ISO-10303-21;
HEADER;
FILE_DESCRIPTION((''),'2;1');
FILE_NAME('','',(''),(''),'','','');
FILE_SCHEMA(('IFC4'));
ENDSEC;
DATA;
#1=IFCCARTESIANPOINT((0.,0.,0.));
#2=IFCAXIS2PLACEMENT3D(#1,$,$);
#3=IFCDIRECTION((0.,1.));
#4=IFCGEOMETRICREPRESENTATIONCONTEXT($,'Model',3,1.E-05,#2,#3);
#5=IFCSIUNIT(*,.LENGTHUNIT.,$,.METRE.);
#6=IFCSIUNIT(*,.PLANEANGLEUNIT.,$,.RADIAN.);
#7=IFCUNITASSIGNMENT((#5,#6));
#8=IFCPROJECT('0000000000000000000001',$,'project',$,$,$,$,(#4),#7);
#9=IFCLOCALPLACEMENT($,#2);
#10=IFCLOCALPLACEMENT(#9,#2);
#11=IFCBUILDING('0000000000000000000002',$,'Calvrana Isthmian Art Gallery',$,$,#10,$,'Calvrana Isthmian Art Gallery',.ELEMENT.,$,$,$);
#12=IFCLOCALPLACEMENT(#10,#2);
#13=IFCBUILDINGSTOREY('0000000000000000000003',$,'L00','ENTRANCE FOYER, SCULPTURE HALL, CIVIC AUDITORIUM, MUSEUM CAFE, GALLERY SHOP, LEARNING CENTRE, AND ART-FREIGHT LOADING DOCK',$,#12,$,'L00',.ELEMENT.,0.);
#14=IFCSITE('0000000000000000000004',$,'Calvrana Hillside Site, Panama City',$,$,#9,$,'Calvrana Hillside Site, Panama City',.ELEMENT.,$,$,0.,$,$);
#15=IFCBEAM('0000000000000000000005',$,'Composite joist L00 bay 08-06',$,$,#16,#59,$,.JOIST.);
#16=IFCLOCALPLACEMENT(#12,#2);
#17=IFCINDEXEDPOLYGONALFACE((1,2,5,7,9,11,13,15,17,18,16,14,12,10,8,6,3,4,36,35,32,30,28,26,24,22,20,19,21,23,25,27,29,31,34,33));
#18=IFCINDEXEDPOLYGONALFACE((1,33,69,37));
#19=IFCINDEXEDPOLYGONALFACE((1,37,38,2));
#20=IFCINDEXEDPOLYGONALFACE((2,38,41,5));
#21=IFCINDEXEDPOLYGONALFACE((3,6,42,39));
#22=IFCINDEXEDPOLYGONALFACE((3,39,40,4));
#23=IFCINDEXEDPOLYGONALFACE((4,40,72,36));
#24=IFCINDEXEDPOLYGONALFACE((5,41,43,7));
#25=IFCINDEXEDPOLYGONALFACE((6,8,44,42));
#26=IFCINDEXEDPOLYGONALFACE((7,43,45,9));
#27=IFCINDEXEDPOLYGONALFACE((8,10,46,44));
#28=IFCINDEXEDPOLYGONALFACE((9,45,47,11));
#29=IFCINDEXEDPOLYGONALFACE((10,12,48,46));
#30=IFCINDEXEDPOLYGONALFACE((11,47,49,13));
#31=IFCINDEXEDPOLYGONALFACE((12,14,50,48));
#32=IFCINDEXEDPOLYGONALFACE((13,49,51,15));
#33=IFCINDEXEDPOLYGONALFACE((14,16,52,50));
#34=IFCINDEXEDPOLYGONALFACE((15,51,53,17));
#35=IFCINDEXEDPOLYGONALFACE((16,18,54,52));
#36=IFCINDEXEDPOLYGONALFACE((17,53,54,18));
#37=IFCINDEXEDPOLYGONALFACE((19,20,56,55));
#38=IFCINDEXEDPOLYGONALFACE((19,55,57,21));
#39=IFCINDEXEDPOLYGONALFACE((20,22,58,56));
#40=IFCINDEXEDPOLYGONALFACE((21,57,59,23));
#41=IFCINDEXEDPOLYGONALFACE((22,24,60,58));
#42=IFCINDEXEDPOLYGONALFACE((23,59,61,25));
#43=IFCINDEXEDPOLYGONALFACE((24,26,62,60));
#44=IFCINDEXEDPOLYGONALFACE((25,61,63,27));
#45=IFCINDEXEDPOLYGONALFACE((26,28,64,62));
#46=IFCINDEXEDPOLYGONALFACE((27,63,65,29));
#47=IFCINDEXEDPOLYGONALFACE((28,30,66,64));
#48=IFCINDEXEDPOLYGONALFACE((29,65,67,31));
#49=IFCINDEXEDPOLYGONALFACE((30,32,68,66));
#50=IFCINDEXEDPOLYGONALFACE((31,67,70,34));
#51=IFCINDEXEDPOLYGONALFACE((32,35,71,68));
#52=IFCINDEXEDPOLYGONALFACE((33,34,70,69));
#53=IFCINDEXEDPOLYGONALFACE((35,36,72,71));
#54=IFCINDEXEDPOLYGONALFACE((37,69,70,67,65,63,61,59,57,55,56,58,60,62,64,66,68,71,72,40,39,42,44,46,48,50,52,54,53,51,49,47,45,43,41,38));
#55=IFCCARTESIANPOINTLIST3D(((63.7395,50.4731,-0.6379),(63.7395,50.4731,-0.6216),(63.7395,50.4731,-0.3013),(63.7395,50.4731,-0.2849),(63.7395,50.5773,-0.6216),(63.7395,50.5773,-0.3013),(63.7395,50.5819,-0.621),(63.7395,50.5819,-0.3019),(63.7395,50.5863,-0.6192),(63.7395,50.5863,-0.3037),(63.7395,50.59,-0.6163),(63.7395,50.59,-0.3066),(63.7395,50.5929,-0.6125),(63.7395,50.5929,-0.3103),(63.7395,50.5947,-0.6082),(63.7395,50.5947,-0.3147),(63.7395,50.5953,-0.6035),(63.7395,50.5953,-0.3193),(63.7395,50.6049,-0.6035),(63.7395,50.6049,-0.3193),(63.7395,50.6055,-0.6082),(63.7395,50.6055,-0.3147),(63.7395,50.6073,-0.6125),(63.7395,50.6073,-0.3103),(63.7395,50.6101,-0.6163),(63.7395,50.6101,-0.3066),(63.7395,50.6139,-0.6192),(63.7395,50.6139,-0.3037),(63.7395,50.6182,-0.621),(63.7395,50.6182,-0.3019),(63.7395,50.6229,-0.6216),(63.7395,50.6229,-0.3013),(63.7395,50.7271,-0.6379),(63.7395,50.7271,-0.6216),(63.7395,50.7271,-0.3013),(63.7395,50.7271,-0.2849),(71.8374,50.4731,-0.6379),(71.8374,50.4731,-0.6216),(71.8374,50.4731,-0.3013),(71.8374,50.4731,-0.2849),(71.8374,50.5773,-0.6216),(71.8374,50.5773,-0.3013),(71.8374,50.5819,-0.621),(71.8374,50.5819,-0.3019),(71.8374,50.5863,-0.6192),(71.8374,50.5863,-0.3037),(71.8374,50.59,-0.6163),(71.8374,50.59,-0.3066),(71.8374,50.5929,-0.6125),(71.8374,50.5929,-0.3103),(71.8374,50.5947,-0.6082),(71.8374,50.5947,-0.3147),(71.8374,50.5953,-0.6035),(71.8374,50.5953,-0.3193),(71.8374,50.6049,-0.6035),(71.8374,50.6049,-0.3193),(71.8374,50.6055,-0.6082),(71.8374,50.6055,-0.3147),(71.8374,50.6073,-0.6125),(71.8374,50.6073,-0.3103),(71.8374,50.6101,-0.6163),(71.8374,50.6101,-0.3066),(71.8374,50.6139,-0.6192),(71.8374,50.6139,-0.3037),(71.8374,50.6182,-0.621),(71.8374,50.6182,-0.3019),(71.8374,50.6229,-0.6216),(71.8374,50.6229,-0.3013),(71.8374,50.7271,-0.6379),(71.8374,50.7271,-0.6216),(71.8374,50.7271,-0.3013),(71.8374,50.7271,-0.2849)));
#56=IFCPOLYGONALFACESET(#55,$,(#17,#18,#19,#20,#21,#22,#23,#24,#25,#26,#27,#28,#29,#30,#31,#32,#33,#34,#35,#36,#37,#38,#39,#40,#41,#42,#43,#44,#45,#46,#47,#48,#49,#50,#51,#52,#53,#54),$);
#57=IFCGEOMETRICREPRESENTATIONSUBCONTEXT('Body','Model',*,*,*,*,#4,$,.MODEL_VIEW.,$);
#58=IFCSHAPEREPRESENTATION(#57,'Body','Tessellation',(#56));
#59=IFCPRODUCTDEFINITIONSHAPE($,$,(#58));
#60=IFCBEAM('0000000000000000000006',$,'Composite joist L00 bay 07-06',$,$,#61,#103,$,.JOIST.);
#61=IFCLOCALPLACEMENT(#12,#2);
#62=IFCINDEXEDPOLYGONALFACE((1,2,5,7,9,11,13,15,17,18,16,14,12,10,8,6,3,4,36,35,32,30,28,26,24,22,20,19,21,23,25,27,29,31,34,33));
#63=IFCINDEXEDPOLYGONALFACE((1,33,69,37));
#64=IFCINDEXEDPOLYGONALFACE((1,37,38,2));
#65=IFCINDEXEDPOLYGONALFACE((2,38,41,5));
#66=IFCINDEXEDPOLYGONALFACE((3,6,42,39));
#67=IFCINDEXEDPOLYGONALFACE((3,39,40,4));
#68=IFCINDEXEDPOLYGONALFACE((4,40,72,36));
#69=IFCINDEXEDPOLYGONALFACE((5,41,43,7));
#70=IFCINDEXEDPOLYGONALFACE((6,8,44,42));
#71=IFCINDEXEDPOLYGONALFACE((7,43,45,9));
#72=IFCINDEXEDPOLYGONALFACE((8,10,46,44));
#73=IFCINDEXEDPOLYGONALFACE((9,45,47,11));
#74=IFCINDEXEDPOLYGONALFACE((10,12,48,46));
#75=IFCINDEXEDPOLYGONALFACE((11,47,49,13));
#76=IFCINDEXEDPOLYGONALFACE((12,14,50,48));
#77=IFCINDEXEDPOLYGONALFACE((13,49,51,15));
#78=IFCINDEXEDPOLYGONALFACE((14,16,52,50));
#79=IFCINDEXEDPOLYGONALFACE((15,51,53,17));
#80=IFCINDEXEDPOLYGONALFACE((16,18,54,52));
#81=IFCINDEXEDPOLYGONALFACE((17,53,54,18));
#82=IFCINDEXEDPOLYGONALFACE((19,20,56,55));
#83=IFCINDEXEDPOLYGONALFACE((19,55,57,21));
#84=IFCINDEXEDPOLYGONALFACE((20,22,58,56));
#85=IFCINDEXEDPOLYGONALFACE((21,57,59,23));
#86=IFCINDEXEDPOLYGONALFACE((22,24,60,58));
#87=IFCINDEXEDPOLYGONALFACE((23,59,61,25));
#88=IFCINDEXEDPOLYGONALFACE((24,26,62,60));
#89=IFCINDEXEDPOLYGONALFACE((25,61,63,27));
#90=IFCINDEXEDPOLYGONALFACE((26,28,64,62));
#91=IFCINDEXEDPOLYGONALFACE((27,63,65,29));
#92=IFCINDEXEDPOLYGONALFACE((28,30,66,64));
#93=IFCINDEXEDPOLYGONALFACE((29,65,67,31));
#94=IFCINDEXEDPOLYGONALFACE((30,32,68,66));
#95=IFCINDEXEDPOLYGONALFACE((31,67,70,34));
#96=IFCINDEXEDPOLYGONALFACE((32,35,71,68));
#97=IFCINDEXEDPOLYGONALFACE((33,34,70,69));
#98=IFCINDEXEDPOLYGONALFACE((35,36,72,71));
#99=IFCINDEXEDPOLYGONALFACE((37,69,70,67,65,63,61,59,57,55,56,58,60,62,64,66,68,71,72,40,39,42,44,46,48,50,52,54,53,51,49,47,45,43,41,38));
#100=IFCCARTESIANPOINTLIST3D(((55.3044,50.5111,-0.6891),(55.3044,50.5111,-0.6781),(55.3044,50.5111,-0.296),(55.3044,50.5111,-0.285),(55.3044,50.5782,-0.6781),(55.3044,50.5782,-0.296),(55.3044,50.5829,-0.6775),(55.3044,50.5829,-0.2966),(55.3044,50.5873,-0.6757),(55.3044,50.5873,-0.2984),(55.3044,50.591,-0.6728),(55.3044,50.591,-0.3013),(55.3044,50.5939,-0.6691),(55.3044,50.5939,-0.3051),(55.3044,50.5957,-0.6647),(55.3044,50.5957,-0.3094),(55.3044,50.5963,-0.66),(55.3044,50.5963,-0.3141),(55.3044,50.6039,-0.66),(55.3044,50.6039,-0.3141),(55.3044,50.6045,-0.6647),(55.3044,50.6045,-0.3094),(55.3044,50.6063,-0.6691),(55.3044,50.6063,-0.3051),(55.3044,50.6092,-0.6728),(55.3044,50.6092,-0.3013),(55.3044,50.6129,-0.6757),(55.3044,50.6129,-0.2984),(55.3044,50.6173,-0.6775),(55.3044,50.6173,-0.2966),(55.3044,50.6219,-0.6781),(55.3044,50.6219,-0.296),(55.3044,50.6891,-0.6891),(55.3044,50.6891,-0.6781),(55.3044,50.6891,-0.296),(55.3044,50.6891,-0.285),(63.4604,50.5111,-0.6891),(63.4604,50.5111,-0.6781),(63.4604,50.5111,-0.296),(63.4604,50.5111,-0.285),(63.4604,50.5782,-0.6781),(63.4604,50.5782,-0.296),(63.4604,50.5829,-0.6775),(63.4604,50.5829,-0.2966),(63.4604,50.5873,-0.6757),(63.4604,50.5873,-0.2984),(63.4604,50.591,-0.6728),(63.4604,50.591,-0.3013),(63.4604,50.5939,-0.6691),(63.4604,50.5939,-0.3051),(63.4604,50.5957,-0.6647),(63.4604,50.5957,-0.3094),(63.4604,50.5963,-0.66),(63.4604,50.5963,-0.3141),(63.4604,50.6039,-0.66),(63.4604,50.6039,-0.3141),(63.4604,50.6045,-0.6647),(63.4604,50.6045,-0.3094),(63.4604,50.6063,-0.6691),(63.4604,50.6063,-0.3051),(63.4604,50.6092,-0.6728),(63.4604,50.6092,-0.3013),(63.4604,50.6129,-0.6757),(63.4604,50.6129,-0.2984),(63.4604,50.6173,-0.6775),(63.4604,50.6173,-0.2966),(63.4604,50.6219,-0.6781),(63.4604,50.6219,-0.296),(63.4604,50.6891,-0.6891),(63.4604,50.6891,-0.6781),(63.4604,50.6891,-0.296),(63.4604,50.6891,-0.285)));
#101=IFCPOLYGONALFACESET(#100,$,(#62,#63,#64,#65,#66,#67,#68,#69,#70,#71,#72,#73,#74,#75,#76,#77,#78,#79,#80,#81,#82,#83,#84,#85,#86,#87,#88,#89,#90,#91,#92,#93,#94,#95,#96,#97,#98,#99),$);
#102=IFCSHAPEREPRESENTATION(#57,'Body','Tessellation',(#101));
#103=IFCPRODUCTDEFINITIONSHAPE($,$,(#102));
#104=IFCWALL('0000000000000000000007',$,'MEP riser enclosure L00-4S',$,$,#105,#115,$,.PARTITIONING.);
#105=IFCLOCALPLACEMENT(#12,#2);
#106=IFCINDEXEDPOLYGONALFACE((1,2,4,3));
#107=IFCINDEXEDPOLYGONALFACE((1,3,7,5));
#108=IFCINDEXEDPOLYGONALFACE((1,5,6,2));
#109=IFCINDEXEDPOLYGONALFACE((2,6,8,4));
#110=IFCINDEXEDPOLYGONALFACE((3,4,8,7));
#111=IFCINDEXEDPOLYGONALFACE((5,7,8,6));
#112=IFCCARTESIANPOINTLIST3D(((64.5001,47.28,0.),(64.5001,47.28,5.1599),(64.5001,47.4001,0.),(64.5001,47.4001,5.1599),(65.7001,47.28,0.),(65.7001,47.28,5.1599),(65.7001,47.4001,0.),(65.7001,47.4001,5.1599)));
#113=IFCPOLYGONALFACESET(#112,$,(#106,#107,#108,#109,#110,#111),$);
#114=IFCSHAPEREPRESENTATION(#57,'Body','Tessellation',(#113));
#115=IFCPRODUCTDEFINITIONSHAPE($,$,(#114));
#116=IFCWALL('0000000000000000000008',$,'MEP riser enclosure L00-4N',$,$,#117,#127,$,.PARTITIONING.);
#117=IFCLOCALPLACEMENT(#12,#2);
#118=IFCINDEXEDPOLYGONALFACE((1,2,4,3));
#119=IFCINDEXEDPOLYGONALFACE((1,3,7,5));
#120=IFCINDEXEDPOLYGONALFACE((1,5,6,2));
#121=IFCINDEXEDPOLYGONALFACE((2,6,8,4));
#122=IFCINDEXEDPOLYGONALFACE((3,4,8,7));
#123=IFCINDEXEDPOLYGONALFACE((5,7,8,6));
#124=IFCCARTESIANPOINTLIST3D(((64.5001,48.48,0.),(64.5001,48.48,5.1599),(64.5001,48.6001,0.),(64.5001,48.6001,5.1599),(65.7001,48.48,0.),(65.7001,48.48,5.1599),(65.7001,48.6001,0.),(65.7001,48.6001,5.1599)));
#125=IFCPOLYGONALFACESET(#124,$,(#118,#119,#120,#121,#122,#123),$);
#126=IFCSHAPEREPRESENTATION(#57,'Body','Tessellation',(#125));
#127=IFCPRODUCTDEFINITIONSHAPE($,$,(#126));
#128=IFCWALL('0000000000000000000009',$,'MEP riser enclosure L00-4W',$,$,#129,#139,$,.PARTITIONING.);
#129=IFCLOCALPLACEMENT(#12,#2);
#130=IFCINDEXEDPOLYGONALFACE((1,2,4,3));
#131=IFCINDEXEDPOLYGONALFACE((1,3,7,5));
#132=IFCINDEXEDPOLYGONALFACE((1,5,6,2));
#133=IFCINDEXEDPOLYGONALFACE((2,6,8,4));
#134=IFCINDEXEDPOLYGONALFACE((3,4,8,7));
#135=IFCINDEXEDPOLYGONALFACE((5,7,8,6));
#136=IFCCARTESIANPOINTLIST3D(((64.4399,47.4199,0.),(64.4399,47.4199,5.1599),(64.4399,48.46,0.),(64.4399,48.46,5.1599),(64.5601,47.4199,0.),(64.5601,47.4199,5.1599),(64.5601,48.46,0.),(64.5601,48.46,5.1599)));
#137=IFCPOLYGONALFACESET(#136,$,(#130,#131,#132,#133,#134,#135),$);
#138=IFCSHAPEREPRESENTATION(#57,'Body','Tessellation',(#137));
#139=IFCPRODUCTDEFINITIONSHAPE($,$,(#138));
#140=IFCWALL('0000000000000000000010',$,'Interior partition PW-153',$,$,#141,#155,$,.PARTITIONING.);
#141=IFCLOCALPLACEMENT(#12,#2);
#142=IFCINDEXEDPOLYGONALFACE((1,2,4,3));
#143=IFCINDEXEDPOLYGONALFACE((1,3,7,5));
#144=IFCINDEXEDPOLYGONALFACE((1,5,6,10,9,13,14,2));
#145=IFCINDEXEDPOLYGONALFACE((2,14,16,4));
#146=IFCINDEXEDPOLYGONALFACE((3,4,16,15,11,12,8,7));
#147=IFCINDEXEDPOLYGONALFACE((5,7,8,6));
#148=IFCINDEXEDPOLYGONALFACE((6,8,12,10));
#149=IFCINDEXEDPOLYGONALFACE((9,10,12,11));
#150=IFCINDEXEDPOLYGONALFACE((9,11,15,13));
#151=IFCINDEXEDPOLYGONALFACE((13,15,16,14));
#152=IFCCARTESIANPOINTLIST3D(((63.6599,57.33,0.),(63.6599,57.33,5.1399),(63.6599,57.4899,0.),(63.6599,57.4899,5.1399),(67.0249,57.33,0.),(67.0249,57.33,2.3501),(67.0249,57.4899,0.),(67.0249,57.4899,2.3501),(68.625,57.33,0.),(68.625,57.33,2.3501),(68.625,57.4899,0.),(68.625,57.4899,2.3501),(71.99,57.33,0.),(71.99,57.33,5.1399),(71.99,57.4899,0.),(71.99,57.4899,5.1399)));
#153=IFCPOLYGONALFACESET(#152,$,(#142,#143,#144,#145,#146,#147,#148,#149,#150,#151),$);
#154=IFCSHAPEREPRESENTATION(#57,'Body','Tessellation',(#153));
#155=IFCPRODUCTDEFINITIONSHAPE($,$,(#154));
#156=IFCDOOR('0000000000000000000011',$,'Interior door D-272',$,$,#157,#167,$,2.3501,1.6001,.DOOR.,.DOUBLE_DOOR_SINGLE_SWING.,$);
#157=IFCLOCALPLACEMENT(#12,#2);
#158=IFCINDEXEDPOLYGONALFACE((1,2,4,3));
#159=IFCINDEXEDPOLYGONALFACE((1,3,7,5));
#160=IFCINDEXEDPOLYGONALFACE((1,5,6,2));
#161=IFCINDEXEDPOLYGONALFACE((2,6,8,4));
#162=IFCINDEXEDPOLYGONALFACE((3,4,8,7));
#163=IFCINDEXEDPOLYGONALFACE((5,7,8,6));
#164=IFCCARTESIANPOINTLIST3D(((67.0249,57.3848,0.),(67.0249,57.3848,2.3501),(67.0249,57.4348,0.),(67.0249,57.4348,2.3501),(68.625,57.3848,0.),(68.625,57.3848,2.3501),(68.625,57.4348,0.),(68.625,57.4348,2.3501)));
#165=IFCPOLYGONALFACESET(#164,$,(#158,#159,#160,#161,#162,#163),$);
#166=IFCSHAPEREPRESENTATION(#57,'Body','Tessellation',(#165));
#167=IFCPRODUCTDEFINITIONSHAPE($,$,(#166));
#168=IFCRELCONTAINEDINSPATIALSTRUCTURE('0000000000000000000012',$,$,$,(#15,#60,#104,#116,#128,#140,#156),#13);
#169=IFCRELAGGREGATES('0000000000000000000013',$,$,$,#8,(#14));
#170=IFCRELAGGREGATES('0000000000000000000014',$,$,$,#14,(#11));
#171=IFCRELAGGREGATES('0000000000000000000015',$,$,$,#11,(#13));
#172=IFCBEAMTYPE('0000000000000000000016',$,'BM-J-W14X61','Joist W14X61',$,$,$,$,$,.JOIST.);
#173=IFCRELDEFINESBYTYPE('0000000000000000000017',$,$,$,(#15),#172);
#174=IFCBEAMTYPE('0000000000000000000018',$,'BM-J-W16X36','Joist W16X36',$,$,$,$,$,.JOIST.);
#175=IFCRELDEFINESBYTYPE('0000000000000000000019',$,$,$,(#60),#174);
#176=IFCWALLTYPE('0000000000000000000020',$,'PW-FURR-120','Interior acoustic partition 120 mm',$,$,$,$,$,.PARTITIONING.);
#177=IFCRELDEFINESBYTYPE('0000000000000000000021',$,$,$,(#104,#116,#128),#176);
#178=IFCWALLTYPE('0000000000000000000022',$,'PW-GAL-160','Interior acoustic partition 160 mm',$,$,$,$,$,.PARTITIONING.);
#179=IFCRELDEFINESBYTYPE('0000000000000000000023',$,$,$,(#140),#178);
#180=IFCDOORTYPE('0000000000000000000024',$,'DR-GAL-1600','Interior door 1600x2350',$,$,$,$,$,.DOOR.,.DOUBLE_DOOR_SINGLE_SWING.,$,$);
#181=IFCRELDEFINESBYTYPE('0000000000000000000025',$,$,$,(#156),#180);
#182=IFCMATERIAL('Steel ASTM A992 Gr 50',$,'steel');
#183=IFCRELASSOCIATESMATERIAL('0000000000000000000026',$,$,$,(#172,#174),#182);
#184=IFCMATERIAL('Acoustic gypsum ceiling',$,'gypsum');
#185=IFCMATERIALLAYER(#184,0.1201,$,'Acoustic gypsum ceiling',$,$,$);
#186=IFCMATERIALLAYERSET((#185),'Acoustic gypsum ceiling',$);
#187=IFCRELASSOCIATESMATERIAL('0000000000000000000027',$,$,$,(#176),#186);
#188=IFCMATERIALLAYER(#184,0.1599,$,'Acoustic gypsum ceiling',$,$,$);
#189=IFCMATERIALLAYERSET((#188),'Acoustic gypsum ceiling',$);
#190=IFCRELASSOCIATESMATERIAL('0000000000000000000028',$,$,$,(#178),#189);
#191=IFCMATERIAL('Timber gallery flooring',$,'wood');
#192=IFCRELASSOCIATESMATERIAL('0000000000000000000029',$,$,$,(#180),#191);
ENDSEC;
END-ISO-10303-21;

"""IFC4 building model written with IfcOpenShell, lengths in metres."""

from ifc_helpers import new_model, si_unit, direction, frame, frame_2d, origin, origin_2d, place, context, subcontext, project, spatial, rectangle, i_section, extrude, material, layer, layer_set, material_profile, profile_set, type_object, element, fill, save


model = new_model("IFC4")

# Units and contexts
model_context = context("Model", 3, precision=1e-05, world=origin(), true_north=direction((0.0, 1.0)))
body_context = subcontext(model_context, "Body", "Model", "MODEL_VIEW")
ifc_project = project(units=[si_unit("LENGTHUNIT", "METRE"), si_unit("PLANEANGLEUNIT", "RADIAN")], contexts=[model_context])

# Site, building, storey
site_placement = place(None, origin())
site = spatial("IfcSite", under=ifc_project, at=site_placement, Name="Calvrana Hillside Site, Panama City", LongName="Calvrana Hillside Site, Panama City", CompositionType="ELEMENT", RefElevation=0.0)
building_placement = place(site_placement, origin())
building = spatial("IfcBuilding", under=site, at=building_placement, Name="Calvrana Isthmian Art Gallery", LongName="Calvrana Isthmian Art Gallery", CompositionType="ELEMENT")
storey_placement = place(building_placement, origin())
storey = spatial("IfcBuildingStorey", under=building, at=storey_placement, Name="L00", Description="ENTRANCE FOYER, SCULPTURE HALL, CIVIC AUDITORIUM, MUSEUM CAFE, GALLERY SHOP, LEARNING CENTRE, AND ART-FREIGHT LOADING DOCK", LongName="L00", CompositionType="ELEMENT", Elevation=0.0)

# Shared definitions
ifc_material_1 = material(Name="Steel ASTM A992 Gr 50", Category="steel")

# Beams
ifc_material_profile_1 = material_profile(ifc_material_1, i_section(OverallWidth=0.2539, OverallDepth=0.353, WebThickness=0.0095, FlangeThickness=0.0164, FilletRadius=0.0181, at=origin_2d()), Name="W14X61")
ifc_profile_set_1 = profile_set([ifc_material_profile_1], Name="Steel ASTM A992 Gr 50")
beam_type_1 = type_object("IfcBeamType", Name="BM-J-W14X61", Description="Joist W14X61", PredefinedType="JOIST", material=ifc_profile_set_1)
for number, where, z_axis, x_axis, name in (
    (1, (63.7395, 50.6001, -0.4614), (1.0, 0.0, 0.0), (0.0, 1.0, 0.0), "Composite joist L00 bay 08-06"),
):
    element("IfcBeam", number, at=place(storey_placement, frame(where, z_axis=z_axis, x_axis=x_axis)), inside=storey, type_object=beam_type_1, Name=name, PredefinedType="JOIST", context=body_context, shape_type="SweptSolid", body=[
        extrude(i_section(OverallWidth=0.2539, OverallDepth=0.353, WebThickness=0.0095, FlangeThickness=0.0164, FilletRadius=0.0181, at=origin_2d()), origin(), (0.0, 0.0, 1.0), 8.0979),
    ])
ifc_material_profile_2 = material_profile(ifc_material_1, i_section(OverallWidth=0.178, OverallDepth=0.4041, WebThickness=0.0076, FlangeThickness=0.011, FilletRadius=0.0181, at=origin_2d()), Name="W16X36")
ifc_profile_set_2 = profile_set([ifc_material_profile_2], Name="Steel ASTM A992 Gr 50")
beam_type_2 = type_object("IfcBeamType", Name="BM-J-W16X36", Description="Joist W16X36", PredefinedType="JOIST", material=ifc_profile_set_2)
beam_1_placement = place(storey_placement, frame((55.3044, 50.6001, -0.4871), z_axis=(1.0, 0.0, 0.0), x_axis=(0.0, 1.0, 0.0)))
element("IfcBeam", 2, at=beam_1_placement, inside=storey, type_object=beam_type_2, Name="Composite joist L00 bay 07-06", PredefinedType="JOIST", context=body_context, shape_type="SweptSolid", body=[
    extrude(i_section(OverallWidth=0.178, OverallDepth=0.4041, WebThickness=0.0076, FlangeThickness=0.011, FilletRadius=0.0181, at=origin_2d()), origin(), (0.0, 0.0, 1.0), 8.156),
])

# Walls
ifc_material_2 = material(Name="Acoustic gypsum ceiling", Category="gypsum")
ifc_layer_1 = layer(ifc_material_2, 0.1201, Name="Acoustic gypsum ceiling")
ifc_layer_set_1 = layer_set([ifc_layer_1], Name="Acoustic gypsum ceiling")
wall_type_1 = type_object("IfcWallType", Name="PW-FURR-120", Description="Interior acoustic partition 120 mm", PredefinedType="PARTITIONING", material=ifc_layer_set_1)
for number, where, z_axis, x_axis, name in (
    (3, (64.5, 47.3401, 0.0), (0.0, 0.0, 1.0), (1.0, 0.0, 0.0), "MEP riser enclosure L00-4S"),
    (4, (64.5, 48.54, 0.0), (0.0, 0.0, 1.0), (1.0, 0.0, 0.0), "MEP riser enclosure L00-4N"),
):
    element("IfcWall", number, at=place(storey_placement, frame(where, z_axis=z_axis, x_axis=x_axis)), inside=storey, type_object=wall_type_1, Name=name, PredefinedType="PARTITIONING", context=body_context, shape_type="SweptSolid", body=[
        extrude(rectangle(XDim=1.2, YDim=0.1201, at=frame_2d((0.6001, 0.0))), origin(), (0.0, 0.0, 1.0), 5.1599),
    ])
wall_1_placement = place(storey_placement, frame((64.5, 47.4199, 0.0), z_axis=(0.0, 0.0, 1.0), x_axis=(0.0, 1.0, 0.0)))
element("IfcWall", 5, at=wall_1_placement, inside=storey, type_object=wall_type_1, Name="MEP riser enclosure L00-4W", PredefinedType="PARTITIONING", context=body_context, shape_type="SweptSolid", body=[
    extrude(rectangle(XDim=1.04, YDim=0.1201, at=frame_2d((0.52, 0.0))), origin(), (0.0, 0.0, 1.0), 5.1599),
])

# Wall, opening, door
ifc_layer_2 = layer(ifc_material_2, 0.1599, Name="Acoustic gypsum ceiling")
ifc_layer_set_2 = layer_set([ifc_layer_2], Name="Acoustic gypsum ceiling")
wall_type_2 = type_object("IfcWallType", Name="PW-GAL-160", Description="Interior acoustic partition 160 mm", PredefinedType="PARTITIONING", material=ifc_layer_set_2)
wall_2_placement = place(storey_placement, frame((63.6599, 57.4099, 0.0), z_axis=(0.0, 0.0, 1.0), x_axis=(1.0, 0.0, 0.0)))
wall_2 = element("IfcWall", 6, at=wall_2_placement, inside=storey, type_object=wall_type_2, Name="Interior partition PW-153", PredefinedType="PARTITIONING", context=body_context, shape_type="SweptSolid", body=[
    extrude(rectangle(XDim=8.3301, YDim=0.1599, at=frame_2d((4.165, 0.0))), origin(), (0.0, 0.0, 1.0), 5.1399),
])
opening_1_placement = place(wall_2_placement, frame((3.365, 0.0, 0.0)))
opening_1 = element("IfcOpeningElement", 7, at=opening_1_placement, cuts=wall_2, PredefinedType="OPENING", context=body_context, shape_type="SweptSolid", body=[
    extrude(rectangle(XDim=1.6001, YDim=2.3501, at=frame_2d((0.8, 1.175))), frame((0.0, 0.0903, 0.0), z_axis=(0.0, -1.0, 0.0), x_axis=(1.0, 0.0, 0.0)), (0.0, 0.0, 1.0), 0.1804),
])
ifc_material_3 = material(Name="Timber gallery flooring", Category="wood")
door_type_1 = type_object("IfcDoorType", Name="DR-GAL-1600", Description="Interior door 1600x2350", OperationType="DOUBLE_DOOR_SINGLE_SWING", PredefinedType="DOOR", material=ifc_material_3)
door_1_placement = place(opening_1_placement, origin())
door_1 = element("IfcDoor", 8, at=door_1_placement, inside=storey, type_object=door_type_1, Name="Interior door D-272", OperationType="DOUBLE_DOOR_SINGLE_SWING", OverallHeight=2.3501, OverallWidth=1.6001, PredefinedType="DOOR", context=body_context, shape_type="SweptSolid", body=[
    extrude(rectangle(XDim=1.6001, YDim=2.3501, at=frame_2d((0.8, 1.175))), frame((0.0, 0.0249, 0.0), z_axis=(0.0, -1.0, 0.0), x_axis=(1.0, 0.0, 0.0)), (0.0, 0.0, 1.0), 0.05),
])
fill(opening_1, door_1)

save(model, "model.ifc")
